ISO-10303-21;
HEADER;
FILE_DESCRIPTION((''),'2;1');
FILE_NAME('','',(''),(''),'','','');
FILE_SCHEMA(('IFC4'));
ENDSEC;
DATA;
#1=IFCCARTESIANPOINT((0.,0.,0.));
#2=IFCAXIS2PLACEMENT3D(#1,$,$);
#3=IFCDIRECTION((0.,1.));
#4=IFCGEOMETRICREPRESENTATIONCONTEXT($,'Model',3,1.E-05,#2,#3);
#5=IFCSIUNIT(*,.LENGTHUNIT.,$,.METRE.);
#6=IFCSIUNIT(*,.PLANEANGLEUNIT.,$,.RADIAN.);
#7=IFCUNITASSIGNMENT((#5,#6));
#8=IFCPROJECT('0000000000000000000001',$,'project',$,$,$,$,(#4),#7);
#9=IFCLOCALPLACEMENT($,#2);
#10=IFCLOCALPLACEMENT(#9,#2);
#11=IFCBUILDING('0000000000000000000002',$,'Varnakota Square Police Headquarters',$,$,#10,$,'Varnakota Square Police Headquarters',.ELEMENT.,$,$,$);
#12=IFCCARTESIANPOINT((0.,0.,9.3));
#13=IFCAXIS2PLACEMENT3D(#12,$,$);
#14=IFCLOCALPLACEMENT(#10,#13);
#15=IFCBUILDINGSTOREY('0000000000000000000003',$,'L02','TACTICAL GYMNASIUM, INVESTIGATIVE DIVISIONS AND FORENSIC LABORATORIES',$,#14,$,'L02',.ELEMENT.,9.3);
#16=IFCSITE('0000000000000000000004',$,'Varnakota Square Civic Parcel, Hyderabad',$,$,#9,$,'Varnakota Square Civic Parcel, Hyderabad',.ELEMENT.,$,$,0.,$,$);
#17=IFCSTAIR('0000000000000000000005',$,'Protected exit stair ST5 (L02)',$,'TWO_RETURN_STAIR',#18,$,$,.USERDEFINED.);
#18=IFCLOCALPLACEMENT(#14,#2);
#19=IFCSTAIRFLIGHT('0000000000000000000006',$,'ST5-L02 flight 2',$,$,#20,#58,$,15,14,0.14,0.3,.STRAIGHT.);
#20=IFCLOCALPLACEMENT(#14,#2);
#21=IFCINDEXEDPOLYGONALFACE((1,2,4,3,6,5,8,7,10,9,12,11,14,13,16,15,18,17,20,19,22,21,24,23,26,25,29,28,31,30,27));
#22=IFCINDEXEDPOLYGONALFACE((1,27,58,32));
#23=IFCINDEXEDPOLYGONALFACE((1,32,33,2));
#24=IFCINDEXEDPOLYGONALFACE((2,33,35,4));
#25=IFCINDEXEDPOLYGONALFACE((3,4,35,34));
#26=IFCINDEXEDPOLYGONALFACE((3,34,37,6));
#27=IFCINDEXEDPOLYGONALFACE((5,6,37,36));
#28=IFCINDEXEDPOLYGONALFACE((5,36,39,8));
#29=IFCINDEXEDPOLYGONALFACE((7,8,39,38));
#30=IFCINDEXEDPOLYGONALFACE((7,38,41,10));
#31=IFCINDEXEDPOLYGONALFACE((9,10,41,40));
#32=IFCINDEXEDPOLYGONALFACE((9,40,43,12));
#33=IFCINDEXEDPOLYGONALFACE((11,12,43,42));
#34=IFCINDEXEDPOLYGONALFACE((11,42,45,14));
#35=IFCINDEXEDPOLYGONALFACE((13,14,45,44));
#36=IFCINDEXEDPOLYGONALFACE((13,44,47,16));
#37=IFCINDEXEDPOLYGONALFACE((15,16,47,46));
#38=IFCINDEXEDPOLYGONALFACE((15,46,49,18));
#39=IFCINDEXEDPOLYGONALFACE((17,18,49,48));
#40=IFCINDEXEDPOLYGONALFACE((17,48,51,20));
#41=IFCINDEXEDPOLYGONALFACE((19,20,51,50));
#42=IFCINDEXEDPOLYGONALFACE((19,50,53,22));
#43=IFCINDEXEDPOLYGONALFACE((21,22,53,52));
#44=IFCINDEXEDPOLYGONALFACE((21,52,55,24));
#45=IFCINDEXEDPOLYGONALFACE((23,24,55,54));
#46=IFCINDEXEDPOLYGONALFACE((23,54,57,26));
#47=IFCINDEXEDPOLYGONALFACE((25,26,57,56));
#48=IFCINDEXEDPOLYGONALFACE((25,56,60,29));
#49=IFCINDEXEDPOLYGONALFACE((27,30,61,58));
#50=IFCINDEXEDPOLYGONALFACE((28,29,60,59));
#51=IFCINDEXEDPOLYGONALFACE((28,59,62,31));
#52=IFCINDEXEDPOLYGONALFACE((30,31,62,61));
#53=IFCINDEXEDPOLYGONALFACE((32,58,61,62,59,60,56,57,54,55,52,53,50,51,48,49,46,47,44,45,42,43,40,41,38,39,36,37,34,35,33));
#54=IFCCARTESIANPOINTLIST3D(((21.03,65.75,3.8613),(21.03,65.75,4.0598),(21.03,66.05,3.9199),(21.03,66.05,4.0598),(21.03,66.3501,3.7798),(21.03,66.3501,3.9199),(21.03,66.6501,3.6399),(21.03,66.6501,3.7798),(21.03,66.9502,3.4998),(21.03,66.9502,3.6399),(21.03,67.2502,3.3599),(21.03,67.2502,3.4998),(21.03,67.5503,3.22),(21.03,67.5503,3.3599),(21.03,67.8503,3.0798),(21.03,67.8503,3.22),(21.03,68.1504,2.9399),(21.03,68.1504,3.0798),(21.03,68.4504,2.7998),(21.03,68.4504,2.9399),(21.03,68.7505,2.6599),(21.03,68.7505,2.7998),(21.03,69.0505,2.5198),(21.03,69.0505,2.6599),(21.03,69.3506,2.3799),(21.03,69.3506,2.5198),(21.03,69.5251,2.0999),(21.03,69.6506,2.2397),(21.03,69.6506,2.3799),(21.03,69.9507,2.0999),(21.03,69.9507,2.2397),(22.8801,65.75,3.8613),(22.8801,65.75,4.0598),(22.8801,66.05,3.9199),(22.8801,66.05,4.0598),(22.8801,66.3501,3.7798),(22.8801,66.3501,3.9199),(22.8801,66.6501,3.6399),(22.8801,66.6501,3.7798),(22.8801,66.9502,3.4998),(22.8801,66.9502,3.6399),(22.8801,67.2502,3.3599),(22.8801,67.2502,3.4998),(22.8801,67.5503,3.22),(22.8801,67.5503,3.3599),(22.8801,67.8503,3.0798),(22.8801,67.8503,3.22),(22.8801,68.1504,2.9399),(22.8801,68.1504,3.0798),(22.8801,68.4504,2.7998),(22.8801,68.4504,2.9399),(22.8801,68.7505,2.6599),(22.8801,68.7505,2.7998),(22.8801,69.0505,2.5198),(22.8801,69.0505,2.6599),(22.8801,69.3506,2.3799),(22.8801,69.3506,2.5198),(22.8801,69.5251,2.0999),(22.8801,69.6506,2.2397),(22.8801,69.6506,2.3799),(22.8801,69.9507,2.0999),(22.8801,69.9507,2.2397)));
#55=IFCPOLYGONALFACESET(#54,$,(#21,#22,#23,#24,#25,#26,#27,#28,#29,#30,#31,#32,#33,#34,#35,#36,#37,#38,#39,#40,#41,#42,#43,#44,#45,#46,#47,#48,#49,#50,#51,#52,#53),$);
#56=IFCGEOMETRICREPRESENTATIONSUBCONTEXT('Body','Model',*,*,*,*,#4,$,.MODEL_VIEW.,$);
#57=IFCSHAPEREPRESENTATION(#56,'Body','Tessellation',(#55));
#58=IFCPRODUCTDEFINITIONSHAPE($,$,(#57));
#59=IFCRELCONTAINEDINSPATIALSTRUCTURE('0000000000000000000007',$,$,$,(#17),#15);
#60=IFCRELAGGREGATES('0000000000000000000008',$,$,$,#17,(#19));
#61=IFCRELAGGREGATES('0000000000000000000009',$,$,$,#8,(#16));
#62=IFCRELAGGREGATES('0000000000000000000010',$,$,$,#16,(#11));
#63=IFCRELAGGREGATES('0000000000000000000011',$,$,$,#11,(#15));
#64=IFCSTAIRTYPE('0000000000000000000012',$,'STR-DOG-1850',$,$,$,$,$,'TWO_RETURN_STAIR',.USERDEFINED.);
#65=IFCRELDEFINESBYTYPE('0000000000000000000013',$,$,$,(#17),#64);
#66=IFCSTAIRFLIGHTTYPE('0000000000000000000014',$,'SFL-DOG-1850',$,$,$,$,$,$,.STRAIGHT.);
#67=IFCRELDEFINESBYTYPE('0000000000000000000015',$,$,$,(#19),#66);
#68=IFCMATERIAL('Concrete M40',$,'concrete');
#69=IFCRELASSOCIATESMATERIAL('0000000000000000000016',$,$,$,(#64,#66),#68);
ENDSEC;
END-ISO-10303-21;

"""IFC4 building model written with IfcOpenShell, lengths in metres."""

from ifc_helpers import new_model, si_unit, direction, frame, origin, place, context, subcontext, project, spatial, polyline, outline, extrude, material, type_object, element, aggregate, save


model = new_model("IFC4")

# Units and contexts
model_context = context("Model", 3, precision=1e-05, world=origin(), true_north=direction((0.0, 1.0)))
body_context = subcontext(model_context, "Body", "Model", "MODEL_VIEW")
ifc_project = project(units=[si_unit("LENGTHUNIT", "METRE"), si_unit("PLANEANGLEUNIT", "RADIAN")], contexts=[model_context])

# Site, building, storey
site_placement = place(None, origin())
site = spatial("IfcSite", under=ifc_project, at=site_placement, Name="Varnakota Square Civic Parcel, Hyderabad", LongName="Varnakota Square Civic Parcel, Hyderabad", CompositionType="ELEMENT", RefElevation=0.0)
building_placement = place(site_placement, origin())
building = spatial("IfcBuilding", under=site, at=building_placement, Name="Varnakota Square Police Headquarters", LongName="Varnakota Square Police Headquarters", CompositionType="ELEMENT")
storey_placement = place(building_placement, frame((0.0, 0.0, 9.3)))
storey = spatial("IfcBuildingStorey", under=building, at=storey_placement, Name="L02", Description="TACTICAL GYMNASIUM, INVESTIGATIVE DIVISIONS AND FORENSIC LABORATORIES", LongName="L02", CompositionType="ELEMENT", Elevation=9.3)

# Shared definitions
ifc_material_1 = material(Name="Concrete M40", Category="concrete")

# Stair, stair flight
stair_type = type_object("IfcStairType", Name="STR-DOG-1850", ElementType="TWO_RETURN_STAIR", PredefinedType="USERDEFINED", material=ifc_material_1)
stair_placement = place(storey_placement, origin())
stair = element("IfcStair", 1, at=stair_placement, inside=storey, type_object=stair_type, Name="Protected exit stair ST5 (L02)", ObjectType="TWO_RETURN_STAIR", PredefinedType="USERDEFINED")
stair_flight_type = type_object("IfcStairFlightType", Name="SFL-DOG-1850", PredefinedType="STRAIGHT", material=ifc_material_1)
stair_flight_placement = place(storey_placement, frame((21.9551, 69.9507, 2.0999), z_axis=(0.0, 0.0, 1.0), x_axis=(0.0, -1.0, 0.0)))
stair_flight = element("IfcStairFlight", 2, at=stair_flight_placement, type_object=stair_flight_type, Name="ST5-L02 flight 2", NumberOfRisers=15, NumberOfTreads=14, PredefinedType="STRAIGHT", RiserHeight=0.14, TreadLength=0.3, context=body_context, shape_type="SweptSolid", body=[
    extrude(outline(polyline([(0.0, 0.0), (0.0, 0.1399), (0.3, 0.1399), (0.3, 0.28), (0.6001, 0.28), (0.6001, 0.4199), (0.9001, 0.4199), (0.9001, 0.5601), (1.2002, 0.5601), (1.2002, 0.7), (1.5002, 0.7), (1.5002, 0.8401), (1.8003, 0.8401), (1.8003, 0.98), (2.1003, 0.98), (2.1003, 1.1201), (2.4004, 1.1201), (2.4004, 1.26), (2.7004, 1.26), (2.7004, 1.3999), (3.0005, 1.3999), (3.0005, 1.54), (3.3005, 1.54), (3.3005, 1.6799), (3.6006, 1.6799), (3.6006, 1.8201), (3.9006, 1.8201), (3.9006, 1.96), (4.2007, 1.96), (4.2007, 2.1001), (4.2007, 1.7615), (0.4255, 0.0), (0.0, 0.0)])), frame((0.0, 0.925, 0.0), z_axis=(0.0, -1.0, 0.0), x_axis=(1.0, 0.0, 0.0)), (0.0, 0.0, 1.0), 1.8501),
])
aggregate(stair, [stair_flight])

save(model, "model.ifc")
